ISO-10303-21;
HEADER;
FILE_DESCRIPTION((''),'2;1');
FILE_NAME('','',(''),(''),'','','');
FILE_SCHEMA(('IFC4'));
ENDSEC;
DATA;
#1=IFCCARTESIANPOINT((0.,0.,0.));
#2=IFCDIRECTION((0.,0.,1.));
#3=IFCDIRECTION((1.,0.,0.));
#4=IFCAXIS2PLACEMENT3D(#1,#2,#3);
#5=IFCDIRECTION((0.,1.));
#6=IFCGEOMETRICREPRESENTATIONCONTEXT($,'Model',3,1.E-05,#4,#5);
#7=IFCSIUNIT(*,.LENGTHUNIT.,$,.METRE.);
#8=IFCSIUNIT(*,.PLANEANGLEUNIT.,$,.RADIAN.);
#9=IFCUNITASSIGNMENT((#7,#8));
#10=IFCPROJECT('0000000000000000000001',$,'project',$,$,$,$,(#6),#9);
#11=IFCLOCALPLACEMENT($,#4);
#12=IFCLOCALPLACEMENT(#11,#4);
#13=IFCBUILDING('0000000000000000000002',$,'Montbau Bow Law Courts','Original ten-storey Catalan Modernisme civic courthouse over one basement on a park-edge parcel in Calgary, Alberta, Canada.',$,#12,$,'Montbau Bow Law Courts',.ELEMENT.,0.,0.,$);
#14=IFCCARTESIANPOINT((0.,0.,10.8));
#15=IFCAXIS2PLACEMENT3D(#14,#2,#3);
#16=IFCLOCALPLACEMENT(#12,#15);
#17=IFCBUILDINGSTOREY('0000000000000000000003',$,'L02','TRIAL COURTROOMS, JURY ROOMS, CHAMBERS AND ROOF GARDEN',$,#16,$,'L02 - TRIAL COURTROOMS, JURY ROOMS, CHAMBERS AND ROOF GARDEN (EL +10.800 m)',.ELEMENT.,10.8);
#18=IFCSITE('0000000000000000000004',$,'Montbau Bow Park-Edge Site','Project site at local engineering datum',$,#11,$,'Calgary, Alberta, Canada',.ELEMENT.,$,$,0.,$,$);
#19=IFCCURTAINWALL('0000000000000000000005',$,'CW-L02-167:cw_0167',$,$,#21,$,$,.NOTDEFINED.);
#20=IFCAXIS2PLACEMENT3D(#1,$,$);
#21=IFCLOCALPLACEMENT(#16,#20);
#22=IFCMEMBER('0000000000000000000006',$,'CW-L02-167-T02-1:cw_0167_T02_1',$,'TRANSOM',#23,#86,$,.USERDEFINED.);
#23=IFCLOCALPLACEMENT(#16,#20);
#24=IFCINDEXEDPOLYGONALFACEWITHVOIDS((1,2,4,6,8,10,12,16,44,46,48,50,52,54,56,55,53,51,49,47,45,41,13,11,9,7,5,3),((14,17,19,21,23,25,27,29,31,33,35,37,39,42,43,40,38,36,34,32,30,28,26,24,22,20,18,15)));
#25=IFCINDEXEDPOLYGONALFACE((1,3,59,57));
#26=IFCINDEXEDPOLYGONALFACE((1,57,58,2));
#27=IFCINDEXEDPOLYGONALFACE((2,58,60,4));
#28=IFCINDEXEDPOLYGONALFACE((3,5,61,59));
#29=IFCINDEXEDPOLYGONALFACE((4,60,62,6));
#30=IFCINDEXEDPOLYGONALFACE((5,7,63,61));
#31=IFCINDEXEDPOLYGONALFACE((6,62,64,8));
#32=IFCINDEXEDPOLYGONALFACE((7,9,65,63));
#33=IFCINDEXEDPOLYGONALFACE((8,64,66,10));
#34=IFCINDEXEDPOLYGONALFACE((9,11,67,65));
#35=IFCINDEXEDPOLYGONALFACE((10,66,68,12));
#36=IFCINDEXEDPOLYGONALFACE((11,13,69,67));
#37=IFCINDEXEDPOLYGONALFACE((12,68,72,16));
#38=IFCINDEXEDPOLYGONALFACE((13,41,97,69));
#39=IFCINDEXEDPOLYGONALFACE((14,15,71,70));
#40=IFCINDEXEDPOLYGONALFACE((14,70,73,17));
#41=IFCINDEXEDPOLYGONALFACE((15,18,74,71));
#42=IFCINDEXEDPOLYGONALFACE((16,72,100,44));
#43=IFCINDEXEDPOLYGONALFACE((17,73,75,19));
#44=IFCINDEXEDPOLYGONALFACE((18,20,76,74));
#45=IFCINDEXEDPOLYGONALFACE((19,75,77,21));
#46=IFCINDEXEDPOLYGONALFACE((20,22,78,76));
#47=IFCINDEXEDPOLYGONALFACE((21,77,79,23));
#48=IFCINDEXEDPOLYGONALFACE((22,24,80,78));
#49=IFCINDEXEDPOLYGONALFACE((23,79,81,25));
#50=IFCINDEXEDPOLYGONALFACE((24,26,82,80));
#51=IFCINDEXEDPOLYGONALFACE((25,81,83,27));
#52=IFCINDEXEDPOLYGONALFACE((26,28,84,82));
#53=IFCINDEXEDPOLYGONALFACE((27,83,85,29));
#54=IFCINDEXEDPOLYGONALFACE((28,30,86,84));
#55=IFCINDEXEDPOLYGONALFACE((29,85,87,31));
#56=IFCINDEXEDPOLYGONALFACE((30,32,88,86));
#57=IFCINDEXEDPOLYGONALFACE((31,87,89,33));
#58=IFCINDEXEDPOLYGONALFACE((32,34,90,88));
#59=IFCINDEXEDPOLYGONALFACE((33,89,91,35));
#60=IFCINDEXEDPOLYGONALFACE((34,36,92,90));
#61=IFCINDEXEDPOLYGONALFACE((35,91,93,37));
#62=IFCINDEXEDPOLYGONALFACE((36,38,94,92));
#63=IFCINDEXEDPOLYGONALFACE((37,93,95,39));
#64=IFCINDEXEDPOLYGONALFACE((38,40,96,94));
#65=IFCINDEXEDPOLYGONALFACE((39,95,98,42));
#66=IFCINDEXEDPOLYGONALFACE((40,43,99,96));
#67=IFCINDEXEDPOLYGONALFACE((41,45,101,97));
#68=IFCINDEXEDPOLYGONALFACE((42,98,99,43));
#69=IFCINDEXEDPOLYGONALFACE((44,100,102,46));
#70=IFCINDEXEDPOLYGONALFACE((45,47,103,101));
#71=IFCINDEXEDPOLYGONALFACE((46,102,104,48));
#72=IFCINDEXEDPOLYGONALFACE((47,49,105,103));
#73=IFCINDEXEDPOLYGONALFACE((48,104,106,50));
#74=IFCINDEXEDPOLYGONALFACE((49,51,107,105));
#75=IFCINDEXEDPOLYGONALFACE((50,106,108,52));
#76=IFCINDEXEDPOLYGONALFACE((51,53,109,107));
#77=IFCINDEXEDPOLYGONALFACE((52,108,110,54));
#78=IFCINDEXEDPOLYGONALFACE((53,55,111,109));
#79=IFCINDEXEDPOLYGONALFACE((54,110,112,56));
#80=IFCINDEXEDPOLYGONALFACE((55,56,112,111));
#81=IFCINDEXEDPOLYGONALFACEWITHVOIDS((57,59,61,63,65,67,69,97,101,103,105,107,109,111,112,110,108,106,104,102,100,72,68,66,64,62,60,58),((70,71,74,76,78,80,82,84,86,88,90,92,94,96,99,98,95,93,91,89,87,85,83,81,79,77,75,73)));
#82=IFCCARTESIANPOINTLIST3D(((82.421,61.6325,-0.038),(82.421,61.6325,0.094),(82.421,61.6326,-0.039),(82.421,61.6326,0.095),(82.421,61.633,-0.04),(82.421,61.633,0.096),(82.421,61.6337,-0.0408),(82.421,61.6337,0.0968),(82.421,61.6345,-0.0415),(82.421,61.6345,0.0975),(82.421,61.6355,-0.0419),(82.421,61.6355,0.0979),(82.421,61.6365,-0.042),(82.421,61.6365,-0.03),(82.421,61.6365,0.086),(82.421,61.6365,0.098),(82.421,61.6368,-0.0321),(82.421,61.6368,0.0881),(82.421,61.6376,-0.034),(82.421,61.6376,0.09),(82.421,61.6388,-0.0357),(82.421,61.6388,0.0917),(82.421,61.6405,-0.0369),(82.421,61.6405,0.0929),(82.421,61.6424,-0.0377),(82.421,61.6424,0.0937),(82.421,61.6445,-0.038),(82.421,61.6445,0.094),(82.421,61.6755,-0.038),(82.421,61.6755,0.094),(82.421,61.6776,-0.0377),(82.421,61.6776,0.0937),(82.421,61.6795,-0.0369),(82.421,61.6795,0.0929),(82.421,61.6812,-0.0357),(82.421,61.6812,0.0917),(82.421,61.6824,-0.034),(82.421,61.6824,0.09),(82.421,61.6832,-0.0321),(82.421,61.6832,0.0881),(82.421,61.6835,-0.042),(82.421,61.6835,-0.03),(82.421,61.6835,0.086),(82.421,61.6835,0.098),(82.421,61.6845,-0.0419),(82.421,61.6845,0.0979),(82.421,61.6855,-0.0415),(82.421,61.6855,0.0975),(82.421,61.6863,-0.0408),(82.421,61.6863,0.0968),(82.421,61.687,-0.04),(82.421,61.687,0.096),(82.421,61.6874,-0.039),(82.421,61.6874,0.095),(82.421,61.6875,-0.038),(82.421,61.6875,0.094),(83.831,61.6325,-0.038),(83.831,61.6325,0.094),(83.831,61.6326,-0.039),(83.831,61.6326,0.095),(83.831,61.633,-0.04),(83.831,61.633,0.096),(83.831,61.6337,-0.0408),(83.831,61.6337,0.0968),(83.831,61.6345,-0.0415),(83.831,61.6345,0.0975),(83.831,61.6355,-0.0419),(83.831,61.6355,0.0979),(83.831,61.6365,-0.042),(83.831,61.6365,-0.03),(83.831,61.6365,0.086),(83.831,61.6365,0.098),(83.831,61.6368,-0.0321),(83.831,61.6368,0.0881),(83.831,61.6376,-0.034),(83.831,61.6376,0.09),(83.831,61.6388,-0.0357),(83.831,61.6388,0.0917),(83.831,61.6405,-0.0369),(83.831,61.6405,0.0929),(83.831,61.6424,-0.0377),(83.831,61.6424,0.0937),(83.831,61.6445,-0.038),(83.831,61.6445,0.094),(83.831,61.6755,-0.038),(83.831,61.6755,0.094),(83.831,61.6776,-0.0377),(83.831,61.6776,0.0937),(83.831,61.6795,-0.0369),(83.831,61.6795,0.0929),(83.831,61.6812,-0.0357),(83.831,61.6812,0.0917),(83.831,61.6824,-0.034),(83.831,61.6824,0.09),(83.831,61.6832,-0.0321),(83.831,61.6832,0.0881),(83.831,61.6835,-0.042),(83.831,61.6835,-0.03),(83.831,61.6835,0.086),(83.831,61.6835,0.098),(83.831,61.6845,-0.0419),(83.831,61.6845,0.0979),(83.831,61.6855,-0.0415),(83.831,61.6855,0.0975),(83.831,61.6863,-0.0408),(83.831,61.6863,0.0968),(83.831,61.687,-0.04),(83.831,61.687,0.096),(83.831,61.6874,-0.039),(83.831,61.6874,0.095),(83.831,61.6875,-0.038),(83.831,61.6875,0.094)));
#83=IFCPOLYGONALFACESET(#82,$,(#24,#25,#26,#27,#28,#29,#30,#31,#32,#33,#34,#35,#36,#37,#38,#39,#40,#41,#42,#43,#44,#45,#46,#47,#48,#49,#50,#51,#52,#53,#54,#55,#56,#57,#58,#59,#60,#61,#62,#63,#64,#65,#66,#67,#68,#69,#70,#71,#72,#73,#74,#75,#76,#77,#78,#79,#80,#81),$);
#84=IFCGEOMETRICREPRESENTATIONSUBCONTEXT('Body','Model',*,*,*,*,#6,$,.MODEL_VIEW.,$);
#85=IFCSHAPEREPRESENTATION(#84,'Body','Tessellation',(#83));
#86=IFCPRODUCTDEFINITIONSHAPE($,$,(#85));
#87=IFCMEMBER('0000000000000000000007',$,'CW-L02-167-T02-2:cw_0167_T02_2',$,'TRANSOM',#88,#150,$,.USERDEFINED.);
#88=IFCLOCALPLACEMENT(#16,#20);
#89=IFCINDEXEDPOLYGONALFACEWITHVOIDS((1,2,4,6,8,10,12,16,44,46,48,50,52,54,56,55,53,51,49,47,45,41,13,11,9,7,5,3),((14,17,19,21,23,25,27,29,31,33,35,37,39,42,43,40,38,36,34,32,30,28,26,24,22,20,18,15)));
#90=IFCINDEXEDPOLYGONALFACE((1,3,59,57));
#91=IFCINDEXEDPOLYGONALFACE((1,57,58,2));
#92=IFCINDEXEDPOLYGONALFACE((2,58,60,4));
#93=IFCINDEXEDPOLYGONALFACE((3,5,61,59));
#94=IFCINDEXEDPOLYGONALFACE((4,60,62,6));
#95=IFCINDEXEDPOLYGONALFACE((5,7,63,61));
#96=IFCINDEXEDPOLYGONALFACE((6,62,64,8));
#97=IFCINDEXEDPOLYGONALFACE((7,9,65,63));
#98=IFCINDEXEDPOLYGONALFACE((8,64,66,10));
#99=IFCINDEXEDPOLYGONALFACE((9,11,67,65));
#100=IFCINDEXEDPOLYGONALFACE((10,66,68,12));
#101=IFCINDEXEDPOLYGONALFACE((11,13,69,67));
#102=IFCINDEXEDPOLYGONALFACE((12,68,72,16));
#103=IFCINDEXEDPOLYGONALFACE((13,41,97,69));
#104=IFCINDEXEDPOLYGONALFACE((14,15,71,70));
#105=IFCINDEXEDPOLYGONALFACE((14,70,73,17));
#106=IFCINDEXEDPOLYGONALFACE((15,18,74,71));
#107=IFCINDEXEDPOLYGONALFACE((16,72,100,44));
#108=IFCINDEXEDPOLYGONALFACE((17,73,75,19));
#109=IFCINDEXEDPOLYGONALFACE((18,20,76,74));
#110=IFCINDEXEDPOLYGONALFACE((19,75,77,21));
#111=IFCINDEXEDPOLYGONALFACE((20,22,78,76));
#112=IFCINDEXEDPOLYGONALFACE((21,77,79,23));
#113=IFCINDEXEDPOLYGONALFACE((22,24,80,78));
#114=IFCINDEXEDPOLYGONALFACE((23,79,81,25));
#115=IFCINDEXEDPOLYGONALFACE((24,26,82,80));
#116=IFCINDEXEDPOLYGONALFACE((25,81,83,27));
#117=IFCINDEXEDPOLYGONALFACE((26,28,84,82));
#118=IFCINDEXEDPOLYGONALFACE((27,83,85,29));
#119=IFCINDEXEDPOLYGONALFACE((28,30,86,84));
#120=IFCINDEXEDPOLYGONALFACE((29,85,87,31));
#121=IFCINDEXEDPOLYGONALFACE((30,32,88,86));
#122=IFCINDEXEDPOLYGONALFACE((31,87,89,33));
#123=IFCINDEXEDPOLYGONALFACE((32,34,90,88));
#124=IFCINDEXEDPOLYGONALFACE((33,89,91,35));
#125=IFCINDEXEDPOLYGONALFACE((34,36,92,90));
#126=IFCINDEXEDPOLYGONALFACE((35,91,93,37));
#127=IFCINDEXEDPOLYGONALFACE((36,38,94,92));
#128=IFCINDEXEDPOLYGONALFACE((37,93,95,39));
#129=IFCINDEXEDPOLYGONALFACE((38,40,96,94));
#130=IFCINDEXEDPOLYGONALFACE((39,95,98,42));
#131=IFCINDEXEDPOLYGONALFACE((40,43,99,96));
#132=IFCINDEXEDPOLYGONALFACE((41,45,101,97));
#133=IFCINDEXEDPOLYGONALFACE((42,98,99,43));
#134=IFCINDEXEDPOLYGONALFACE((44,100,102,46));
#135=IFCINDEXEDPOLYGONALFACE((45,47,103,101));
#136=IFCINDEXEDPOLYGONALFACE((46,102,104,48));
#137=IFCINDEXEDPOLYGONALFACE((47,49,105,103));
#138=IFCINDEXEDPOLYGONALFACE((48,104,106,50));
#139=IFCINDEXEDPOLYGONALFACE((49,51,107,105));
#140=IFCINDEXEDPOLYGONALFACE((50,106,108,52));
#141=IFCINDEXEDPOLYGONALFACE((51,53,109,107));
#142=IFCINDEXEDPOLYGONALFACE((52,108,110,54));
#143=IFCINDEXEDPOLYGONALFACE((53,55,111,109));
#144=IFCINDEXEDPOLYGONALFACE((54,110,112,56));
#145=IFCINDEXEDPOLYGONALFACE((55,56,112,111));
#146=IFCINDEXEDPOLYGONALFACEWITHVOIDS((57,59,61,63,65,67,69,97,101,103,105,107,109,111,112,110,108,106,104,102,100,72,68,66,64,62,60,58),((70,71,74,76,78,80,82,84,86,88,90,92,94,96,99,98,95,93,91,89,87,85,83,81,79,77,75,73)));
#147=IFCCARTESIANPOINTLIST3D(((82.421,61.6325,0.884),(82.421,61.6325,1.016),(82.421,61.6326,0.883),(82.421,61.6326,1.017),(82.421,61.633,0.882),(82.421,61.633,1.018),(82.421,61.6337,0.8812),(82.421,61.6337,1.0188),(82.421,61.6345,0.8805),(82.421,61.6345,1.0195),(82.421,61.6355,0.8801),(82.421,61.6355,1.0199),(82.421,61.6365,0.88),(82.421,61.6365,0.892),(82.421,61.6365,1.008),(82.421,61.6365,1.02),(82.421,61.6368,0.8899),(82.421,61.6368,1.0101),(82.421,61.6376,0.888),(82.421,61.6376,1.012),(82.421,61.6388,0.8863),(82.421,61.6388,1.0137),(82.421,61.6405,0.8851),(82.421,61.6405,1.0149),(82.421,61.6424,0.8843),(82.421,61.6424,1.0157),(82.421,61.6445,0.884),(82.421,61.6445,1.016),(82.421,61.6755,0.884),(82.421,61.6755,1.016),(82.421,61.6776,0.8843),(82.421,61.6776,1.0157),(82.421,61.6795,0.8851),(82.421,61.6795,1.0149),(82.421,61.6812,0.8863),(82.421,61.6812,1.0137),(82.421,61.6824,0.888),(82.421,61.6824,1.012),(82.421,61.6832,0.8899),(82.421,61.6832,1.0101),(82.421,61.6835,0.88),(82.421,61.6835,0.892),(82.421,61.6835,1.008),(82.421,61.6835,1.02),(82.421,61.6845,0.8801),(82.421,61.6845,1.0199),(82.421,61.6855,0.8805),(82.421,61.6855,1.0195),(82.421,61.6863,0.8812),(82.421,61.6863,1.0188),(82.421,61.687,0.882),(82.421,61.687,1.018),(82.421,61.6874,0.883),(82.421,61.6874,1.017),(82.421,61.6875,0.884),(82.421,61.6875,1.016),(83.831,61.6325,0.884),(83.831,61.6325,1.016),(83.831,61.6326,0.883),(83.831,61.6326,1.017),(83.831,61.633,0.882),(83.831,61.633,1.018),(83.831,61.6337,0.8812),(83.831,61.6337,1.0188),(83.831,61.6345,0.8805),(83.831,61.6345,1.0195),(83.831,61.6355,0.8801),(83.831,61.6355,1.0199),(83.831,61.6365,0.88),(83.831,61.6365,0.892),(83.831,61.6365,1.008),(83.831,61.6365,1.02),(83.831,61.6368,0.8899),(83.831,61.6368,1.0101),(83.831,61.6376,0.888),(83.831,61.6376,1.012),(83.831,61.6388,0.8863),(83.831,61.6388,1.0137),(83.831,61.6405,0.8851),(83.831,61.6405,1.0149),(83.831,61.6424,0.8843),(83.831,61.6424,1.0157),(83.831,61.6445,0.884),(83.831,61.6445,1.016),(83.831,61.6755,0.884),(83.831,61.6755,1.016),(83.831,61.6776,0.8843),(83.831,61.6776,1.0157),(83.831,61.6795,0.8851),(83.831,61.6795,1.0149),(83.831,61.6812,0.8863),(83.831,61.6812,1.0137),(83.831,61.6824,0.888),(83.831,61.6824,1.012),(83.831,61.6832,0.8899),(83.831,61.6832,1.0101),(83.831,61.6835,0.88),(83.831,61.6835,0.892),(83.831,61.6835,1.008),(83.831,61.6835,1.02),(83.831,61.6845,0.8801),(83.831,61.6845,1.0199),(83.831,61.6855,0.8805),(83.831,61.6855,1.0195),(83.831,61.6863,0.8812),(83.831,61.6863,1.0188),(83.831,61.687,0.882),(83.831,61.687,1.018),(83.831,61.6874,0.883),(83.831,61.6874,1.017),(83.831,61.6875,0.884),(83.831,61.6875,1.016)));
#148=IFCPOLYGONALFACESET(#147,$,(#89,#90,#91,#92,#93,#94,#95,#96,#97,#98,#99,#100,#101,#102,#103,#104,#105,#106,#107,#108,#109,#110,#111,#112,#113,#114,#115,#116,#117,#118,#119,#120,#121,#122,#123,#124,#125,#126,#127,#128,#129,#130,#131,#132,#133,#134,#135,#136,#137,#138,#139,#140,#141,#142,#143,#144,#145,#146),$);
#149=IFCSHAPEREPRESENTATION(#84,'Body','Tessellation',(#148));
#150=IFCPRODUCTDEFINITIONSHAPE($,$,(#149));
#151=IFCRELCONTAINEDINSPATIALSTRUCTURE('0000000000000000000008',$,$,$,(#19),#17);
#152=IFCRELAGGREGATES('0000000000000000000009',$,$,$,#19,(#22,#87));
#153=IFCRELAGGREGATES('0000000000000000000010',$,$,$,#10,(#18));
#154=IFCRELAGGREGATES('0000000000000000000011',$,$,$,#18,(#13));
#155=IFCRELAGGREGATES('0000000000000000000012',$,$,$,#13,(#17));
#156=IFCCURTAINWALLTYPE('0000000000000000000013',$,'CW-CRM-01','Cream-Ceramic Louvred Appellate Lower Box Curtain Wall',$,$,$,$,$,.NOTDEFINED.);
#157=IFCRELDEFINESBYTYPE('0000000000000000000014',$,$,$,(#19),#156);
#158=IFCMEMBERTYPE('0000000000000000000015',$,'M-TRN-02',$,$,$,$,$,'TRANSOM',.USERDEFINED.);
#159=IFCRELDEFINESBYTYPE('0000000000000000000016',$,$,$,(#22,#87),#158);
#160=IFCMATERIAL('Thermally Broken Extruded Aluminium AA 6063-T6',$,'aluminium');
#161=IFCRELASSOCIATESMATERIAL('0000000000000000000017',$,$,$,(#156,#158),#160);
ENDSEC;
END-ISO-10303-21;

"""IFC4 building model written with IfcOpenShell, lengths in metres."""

from ifc_helpers import new_model, si_unit, direction, frame, origin_with_axes, origin_2d_with_axis, place, context, subcontext, project, spatial, hollow_rectangle, extrude, material, material_profile, profile_set, type_object, element, aggregate, save


model = new_model("IFC4")

# Units and contexts
model_context = context("Model", 3, precision=1e-05, world=origin_with_axes(), true_north=direction((0.0, 1.0)))
body_context = subcontext(model_context, "Body", "Model", "MODEL_VIEW")
ifc_project = project(units=[si_unit("LENGTHUNIT", "METRE"), si_unit("PLANEANGLEUNIT", "RADIAN")], contexts=[model_context])

# Site, building, storey
site_placement = place(None, origin_with_axes())
site = spatial("IfcSite", under=ifc_project, at=site_placement, Name="Montbau Bow Park-Edge Site", Description="Project site at local engineering datum", LongName="Calgary, Alberta, Canada", CompositionType="ELEMENT", RefElevation=0.0)
building_placement = place(site_placement, origin_with_axes())
building = spatial("IfcBuilding", under=site, at=building_placement, Name="Montbau Bow Law Courts", Description="Original ten-storey Catalan Modernisme civic courthouse over one basement on a park-edge parcel in Calgary, Alberta, Canada.", LongName="Montbau Bow Law Courts", CompositionType="ELEMENT", ElevationOfRefHeight=0.0, ElevationOfTerrain=0.0)
storey_placement = place(building_placement, frame((0.0, 0.0, 10.8), z_axis=(0.0, 0.0, 1.0), x_axis=(1.0, 0.0, 0.0)))
storey = spatial("IfcBuildingStorey", under=building, at=storey_placement, Name="L02", Description="TRIAL COURTROOMS, JURY ROOMS, CHAMBERS AND ROOF GARDEN", LongName="L02 - TRIAL COURTROOMS, JURY ROOMS, CHAMBERS AND ROOF GARDEN (EL +10.800 m)", CompositionType="ELEMENT", Elevation=10.8)

# Curtain wall, members
ifc_material_1 = material(Name="Thermally Broken Extruded Aluminium AA 6063-T6", Category="aluminium")
curtain_wall_type = type_object("IfcCurtainWallType", Name="CW-CRM-01", Description="Cream-Ceramic Louvred Appellate Lower Box Curtain Wall", PredefinedType="NOTDEFINED", material=ifc_material_1)
curtain_wall_placement = place(None, frame((80.915, 61.66, 10.8), z_axis=(0.0, 0.0, 1.0), x_axis=(1.0, 0.0, 0.0)))
curtain_wall = element("IfcCurtainWall", 1, at=curtain_wall_placement, inside=storey, type_object=curtain_wall_type, Name="CW-L02-167:cw_0167", PredefinedType="NOTDEFINED")
ifc_material_profile_1 = material_profile(ifc_material_1, hollow_rectangle(XDim=0.055, YDim=0.14, WallThickness=0.004, InnerFilletRadius=0.008, OuterFilletRadius=0.004, at=origin_2d_with_axis()), Name="CWT-140X55", Category="Main", Priority=0)
ifc_profile_set_1 = profile_set([ifc_material_profile_1], Name="Thermally Broken Extruded Aluminium AA 6063-T6")
member_type_1 = type_object("IfcMemberType", Name="M-TRN-02", ElementType="TRANSOM", PredefinedType="USERDEFINED", material=ifc_profile_set_1)
member_1_placement = place(None, frame((82.421, 61.66, 10.828), z_axis=(1.0, 0.0, 0.0), x_axis=(0.0, 1.0, 0.0)))
member_1 = element("IfcMember", 2, at=member_1_placement, type_object=member_type_1, Name="CW-L02-167-T02-1:cw_0167_T02_1", ObjectType="TRANSOM", PredefinedType="USERDEFINED", context=body_context, shape_type="SweptSolid", body=[
    extrude(hollow_rectangle(XDim=0.055, YDim=0.14, WallThickness=0.004, InnerFilletRadius=0.008, OuterFilletRadius=0.004, at=origin_2d_with_axis()), origin_with_axes(), (0.0, 0.0, 1.0), 1.41),
])
member_2_placement = place(None, frame((82.421, 61.66, 11.75), z_axis=(1.0, 0.0, 0.0), x_axis=(0.0, 1.0, 0.0)))
member_2 = element("IfcMember", 3, at=member_2_placement, type_object=member_type_1, Name="CW-L02-167-T02-2:cw_0167_T02_2", ObjectType="TRANSOM", PredefinedType="USERDEFINED", context=body_context, shape_type="SweptSolid", body=[
    extrude(hollow_rectangle(XDim=0.055, YDim=0.14, WallThickness=0.004, InnerFilletRadius=0.008, OuterFilletRadius=0.004, at=origin_2d_with_axis()), origin_with_axes(), (0.0, 0.0, 1.0), 1.41),
])
aggregate(curtain_wall, [member_1, member_2])

save(model, "model.ifc")
